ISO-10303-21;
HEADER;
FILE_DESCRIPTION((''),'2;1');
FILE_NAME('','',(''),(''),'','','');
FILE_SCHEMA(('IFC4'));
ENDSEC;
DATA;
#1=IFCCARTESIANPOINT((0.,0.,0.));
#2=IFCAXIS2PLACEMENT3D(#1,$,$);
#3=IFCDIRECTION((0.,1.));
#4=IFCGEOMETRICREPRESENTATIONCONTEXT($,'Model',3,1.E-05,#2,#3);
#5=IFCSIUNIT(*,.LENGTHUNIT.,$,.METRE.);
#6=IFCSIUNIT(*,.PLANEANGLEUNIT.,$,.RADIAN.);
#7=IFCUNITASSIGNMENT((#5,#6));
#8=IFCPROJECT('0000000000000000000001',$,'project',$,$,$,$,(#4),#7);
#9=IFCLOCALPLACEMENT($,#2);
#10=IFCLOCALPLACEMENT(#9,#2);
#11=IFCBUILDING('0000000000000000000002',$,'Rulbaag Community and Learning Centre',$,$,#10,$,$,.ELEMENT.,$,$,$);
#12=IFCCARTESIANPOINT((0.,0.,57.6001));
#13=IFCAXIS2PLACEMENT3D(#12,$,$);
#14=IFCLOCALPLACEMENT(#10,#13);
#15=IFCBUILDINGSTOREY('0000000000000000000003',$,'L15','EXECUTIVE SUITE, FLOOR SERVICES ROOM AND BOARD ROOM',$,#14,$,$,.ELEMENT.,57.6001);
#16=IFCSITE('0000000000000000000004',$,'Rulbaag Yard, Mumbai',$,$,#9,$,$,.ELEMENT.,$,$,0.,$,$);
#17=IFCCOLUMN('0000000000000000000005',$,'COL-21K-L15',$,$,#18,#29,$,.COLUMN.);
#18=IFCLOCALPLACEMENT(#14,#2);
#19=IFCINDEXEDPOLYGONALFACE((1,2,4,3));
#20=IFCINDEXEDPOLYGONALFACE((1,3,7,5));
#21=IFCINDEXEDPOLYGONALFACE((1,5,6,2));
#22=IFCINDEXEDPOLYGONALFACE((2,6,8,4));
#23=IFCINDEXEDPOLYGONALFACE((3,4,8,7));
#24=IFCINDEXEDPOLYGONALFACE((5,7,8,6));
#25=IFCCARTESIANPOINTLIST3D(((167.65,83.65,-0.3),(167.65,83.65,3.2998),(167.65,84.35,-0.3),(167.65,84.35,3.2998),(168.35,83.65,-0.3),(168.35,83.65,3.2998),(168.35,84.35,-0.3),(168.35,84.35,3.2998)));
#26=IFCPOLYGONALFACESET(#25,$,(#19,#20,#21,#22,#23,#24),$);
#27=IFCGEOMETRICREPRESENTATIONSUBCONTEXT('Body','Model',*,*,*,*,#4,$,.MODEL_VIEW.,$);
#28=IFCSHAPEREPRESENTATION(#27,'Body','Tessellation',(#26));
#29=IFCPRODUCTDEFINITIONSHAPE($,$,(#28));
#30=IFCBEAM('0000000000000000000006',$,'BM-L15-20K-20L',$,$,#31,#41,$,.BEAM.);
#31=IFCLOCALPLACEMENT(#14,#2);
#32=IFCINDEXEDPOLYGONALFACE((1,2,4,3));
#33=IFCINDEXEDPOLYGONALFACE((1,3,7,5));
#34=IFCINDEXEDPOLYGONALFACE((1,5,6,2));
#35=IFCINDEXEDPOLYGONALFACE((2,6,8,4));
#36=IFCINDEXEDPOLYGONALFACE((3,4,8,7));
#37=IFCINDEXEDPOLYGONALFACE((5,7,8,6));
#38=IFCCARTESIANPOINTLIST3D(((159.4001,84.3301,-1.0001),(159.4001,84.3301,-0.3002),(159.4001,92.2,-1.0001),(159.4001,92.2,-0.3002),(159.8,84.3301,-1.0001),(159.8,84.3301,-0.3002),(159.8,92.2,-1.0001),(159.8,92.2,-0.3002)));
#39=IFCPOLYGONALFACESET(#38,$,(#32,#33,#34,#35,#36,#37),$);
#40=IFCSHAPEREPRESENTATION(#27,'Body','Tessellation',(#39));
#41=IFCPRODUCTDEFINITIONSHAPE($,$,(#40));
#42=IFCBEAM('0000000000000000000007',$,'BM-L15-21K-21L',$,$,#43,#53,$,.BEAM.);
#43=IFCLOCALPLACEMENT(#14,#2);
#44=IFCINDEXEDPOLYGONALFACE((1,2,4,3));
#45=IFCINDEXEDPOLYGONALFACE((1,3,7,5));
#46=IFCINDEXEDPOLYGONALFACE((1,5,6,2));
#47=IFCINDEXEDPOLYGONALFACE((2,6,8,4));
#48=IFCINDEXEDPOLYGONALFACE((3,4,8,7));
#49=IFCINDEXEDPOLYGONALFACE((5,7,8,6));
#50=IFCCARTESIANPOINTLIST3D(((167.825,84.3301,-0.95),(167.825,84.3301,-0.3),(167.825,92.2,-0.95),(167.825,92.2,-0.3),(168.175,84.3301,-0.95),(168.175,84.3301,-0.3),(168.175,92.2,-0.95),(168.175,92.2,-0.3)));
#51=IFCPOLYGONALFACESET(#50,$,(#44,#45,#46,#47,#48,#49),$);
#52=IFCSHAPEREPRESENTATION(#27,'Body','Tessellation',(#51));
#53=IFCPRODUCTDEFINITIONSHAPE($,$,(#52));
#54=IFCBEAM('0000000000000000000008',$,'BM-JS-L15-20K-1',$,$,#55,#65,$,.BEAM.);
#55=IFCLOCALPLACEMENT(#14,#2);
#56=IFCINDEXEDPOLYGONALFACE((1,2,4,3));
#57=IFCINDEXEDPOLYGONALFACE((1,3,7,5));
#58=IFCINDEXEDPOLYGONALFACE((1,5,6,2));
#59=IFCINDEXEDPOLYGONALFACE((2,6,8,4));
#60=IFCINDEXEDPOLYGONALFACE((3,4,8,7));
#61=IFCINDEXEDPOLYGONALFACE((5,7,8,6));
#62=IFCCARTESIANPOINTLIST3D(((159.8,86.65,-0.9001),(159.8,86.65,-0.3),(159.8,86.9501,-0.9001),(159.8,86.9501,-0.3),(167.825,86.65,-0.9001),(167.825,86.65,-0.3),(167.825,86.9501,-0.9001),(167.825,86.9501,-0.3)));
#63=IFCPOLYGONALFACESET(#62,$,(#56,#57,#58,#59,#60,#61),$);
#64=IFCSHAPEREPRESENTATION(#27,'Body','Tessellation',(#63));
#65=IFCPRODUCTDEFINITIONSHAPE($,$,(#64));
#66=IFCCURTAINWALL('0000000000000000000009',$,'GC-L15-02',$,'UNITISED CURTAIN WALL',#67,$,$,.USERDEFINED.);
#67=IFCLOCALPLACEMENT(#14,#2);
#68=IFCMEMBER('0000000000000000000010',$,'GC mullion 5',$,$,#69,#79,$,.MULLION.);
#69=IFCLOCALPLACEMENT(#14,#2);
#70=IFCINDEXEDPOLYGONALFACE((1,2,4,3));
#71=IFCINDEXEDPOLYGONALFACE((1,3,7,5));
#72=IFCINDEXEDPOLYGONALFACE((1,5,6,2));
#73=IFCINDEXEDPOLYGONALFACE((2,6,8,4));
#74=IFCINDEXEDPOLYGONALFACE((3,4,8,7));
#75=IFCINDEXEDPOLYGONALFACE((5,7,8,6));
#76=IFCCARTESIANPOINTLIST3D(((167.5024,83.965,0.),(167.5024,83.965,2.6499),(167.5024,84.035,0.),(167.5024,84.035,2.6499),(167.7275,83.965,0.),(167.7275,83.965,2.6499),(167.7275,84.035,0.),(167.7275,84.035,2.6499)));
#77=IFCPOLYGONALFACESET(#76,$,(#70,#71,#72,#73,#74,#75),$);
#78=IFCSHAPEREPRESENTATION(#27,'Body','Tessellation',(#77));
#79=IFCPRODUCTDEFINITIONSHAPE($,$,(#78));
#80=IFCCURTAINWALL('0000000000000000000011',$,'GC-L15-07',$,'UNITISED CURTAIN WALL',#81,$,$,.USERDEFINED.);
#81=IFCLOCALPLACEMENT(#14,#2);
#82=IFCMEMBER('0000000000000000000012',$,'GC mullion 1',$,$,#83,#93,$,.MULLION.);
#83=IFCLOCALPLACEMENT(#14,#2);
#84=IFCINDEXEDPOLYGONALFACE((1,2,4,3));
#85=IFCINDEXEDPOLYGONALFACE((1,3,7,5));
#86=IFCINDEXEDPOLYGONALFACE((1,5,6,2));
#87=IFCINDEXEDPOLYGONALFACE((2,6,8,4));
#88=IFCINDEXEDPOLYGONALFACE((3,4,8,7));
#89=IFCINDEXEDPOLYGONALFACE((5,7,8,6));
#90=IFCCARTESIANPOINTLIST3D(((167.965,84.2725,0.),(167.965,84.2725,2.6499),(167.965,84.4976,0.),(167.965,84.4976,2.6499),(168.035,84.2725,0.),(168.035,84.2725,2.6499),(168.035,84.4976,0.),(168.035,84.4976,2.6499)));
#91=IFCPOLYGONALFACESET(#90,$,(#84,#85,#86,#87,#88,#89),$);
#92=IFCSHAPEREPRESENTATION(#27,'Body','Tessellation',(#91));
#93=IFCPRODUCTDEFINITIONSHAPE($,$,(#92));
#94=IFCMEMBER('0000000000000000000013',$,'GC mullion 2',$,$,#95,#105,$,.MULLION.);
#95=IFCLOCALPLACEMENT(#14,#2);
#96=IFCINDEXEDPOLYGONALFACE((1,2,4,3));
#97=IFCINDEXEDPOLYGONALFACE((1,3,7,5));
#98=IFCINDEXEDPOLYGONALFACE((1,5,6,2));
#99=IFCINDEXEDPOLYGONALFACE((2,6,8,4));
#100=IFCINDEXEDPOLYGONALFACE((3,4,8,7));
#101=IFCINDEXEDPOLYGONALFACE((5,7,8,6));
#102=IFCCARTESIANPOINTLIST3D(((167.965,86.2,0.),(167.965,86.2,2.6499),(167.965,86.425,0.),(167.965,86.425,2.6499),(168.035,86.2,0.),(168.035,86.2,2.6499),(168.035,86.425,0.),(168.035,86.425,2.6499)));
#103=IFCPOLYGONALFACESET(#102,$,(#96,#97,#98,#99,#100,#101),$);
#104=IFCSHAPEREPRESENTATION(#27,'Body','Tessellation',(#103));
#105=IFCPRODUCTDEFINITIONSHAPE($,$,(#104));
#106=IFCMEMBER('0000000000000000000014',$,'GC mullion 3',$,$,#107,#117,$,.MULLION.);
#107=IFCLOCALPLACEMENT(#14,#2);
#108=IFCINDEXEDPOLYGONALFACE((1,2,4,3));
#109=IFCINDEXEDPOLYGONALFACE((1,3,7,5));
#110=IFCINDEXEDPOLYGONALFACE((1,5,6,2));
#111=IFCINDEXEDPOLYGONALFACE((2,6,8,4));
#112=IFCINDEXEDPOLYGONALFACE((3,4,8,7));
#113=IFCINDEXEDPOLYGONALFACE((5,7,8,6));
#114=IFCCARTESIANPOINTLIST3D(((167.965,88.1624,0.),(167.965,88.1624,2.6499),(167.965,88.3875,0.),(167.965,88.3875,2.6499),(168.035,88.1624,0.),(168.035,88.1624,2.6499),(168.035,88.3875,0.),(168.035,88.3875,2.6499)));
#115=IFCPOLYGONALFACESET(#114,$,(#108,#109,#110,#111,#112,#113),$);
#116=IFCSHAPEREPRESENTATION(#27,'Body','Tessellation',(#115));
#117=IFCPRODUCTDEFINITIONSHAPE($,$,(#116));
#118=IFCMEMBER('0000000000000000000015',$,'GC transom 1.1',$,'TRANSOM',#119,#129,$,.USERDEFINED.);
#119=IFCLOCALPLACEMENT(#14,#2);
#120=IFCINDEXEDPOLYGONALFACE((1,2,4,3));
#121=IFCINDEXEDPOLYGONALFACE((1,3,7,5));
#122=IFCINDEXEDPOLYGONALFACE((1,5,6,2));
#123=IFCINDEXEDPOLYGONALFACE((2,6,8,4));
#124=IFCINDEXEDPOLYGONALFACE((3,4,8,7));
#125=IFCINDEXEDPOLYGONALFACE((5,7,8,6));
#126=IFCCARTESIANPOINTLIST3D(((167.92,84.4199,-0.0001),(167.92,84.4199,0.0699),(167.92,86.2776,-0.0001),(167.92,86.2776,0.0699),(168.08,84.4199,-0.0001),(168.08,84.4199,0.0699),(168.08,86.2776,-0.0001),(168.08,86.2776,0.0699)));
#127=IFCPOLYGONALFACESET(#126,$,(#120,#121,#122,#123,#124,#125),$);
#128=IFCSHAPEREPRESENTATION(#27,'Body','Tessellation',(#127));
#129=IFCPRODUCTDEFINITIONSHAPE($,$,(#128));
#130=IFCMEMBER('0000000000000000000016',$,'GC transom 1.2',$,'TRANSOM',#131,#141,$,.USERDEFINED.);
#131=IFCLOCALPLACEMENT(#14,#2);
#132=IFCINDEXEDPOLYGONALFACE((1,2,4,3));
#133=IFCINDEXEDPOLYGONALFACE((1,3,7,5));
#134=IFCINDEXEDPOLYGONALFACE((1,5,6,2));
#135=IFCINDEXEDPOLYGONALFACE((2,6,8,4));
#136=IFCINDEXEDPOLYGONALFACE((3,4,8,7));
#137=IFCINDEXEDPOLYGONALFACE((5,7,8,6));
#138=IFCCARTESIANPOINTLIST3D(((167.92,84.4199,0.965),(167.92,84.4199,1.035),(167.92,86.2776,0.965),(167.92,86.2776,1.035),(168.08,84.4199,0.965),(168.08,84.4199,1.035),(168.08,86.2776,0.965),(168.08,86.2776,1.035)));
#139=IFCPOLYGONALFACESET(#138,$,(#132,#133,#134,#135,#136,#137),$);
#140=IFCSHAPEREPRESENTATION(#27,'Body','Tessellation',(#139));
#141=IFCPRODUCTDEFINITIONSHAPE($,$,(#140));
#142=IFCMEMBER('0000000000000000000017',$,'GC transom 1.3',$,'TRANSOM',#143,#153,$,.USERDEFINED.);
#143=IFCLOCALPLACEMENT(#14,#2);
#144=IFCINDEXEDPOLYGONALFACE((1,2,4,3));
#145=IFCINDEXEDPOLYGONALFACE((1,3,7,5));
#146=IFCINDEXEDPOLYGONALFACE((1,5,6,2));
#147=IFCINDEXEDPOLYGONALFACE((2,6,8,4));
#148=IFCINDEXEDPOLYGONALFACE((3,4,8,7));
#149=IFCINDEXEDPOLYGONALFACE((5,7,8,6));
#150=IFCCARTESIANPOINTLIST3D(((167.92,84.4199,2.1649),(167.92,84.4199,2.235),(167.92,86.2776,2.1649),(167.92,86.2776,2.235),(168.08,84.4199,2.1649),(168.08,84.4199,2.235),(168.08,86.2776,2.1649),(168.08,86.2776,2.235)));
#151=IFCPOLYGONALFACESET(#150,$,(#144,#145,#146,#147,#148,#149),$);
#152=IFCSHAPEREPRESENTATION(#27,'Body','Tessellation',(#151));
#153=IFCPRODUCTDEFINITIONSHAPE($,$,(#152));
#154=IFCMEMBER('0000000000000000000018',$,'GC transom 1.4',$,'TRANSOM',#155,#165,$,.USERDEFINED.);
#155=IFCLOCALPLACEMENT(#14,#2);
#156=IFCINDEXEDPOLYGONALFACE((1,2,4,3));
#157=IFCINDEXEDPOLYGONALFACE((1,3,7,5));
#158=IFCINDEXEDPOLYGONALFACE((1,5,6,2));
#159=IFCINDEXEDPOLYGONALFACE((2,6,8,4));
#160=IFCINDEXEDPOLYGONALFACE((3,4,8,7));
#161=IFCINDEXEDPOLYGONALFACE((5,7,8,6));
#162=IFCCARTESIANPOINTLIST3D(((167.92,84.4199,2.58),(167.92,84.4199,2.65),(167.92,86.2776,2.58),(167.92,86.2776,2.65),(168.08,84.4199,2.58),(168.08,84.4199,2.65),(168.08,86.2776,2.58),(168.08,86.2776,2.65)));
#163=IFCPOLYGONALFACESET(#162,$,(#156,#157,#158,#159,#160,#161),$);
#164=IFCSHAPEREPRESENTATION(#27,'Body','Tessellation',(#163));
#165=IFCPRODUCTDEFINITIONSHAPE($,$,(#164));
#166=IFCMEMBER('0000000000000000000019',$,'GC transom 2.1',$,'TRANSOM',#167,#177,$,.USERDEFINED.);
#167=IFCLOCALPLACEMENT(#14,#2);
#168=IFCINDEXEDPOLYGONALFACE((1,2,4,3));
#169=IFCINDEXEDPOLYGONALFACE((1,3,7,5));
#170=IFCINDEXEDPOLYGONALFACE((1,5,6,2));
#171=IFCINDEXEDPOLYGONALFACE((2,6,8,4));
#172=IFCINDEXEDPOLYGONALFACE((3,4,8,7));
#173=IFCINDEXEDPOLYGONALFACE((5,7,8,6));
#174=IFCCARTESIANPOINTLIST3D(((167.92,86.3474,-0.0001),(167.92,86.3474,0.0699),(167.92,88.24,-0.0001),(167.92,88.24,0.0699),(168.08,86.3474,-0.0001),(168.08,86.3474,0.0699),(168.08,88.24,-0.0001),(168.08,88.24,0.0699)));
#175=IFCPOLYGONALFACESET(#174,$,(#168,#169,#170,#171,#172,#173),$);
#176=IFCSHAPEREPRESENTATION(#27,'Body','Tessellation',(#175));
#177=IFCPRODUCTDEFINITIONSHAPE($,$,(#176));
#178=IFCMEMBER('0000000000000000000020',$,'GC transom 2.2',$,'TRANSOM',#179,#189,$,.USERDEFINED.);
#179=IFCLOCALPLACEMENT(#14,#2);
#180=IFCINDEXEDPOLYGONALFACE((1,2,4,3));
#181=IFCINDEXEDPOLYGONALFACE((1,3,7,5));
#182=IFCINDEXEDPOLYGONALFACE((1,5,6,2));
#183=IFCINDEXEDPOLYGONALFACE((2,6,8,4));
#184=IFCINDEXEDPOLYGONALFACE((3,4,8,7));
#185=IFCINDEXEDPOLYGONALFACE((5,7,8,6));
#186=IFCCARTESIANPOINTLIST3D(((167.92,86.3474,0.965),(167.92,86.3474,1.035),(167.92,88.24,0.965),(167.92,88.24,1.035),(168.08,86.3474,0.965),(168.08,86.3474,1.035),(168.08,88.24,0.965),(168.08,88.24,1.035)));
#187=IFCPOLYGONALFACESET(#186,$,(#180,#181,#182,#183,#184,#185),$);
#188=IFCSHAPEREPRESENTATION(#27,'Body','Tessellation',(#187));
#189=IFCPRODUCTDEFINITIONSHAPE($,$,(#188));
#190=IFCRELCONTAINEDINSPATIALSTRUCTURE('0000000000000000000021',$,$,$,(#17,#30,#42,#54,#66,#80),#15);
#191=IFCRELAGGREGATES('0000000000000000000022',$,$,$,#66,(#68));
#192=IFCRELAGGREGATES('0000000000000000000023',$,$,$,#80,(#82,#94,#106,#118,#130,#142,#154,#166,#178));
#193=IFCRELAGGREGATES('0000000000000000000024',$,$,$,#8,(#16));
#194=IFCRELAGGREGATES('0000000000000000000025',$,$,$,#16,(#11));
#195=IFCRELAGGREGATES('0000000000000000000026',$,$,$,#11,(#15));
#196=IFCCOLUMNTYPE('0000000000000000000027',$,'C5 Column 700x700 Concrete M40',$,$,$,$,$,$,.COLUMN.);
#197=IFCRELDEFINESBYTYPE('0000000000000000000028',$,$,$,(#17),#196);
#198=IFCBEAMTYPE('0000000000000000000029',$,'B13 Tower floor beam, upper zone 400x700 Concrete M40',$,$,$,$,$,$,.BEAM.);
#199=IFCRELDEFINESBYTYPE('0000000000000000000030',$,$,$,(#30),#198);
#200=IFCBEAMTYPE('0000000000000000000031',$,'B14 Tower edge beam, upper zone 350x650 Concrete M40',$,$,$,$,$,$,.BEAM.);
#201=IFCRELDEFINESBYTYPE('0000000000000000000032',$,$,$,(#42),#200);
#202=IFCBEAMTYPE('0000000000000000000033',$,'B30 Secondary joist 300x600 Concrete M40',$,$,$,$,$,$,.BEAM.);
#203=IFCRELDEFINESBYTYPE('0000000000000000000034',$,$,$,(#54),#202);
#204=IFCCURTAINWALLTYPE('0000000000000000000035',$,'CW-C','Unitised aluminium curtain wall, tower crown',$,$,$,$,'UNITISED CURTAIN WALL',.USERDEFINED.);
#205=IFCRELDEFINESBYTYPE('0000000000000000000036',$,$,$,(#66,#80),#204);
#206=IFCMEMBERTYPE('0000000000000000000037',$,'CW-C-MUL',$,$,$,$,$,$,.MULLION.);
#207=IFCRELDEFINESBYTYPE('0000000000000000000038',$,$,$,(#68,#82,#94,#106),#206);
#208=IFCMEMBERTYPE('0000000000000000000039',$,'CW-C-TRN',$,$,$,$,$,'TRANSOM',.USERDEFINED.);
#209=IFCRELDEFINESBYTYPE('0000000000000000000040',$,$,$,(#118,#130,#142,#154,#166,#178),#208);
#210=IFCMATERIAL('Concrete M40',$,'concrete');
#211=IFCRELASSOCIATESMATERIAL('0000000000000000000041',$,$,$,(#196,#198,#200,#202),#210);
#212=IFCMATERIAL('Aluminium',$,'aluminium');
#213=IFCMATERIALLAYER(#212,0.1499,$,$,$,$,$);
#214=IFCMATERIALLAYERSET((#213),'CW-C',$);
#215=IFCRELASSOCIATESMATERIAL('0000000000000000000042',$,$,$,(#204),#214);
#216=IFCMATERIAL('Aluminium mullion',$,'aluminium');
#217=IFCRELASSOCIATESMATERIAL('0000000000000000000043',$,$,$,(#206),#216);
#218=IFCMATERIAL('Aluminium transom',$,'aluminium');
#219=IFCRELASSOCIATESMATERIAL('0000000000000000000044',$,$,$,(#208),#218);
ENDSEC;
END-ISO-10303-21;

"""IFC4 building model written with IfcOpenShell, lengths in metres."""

from ifc_helpers import new_model, si_unit, direction, frame, origin, origin_2d, place, context, subcontext, project, spatial, rectangle, extrude, material, layer, layer_set, material_profile, profile_set, type_object, element, aggregate, save


model = new_model("IFC4")

# Units and contexts
model_context = context("Model", 3, precision=1e-05, world=origin(), true_north=direction((0.0, 1.0)))
body_context = subcontext(model_context, "Body", "Model", "MODEL_VIEW")
ifc_project = project(units=[si_unit("LENGTHUNIT", "METRE"), si_unit("PLANEANGLEUNIT", "RADIAN")], contexts=[model_context])

# Site, building, storey
site_placement = place(None, origin())
site = spatial("IfcSite", under=ifc_project, at=site_placement, Name="Rulbaag Yard, Mumbai", CompositionType="ELEMENT", RefElevation=0.0)
building_placement = place(site_placement, origin())
building = spatial("IfcBuilding", under=site, at=building_placement, Name="Rulbaag Community and Learning Centre", CompositionType="ELEMENT")
storey_placement = place(building_placement, frame((0.0, 0.0, 57.6001)))
storey = spatial("IfcBuildingStorey", under=building, at=storey_placement, Name="L15", Description="EXECUTIVE SUITE, FLOOR SERVICES ROOM AND BOARD ROOM", CompositionType="ELEMENT", Elevation=57.6001)

# Column
ifc_material_1 = material(Name="Concrete M40", Category="concrete")
ifc_material_profile_1 = material_profile(ifc_material_1, rectangle(XDim=0.7, YDim=0.7, at=origin_2d()), Name="RC700x700")
ifc_profile_set_1 = profile_set([ifc_material_profile_1], Name="Concrete M40")
column_type = type_object("IfcColumnType", Name="C5 Column 700x700 Concrete M40", PredefinedType="COLUMN", material=ifc_profile_set_1)
column_placement = place(storey_placement, frame((168.0, 84.0, -0.3), z_axis=(0.0, 0.0, 1.0), x_axis=(1.0, 0.0, 0.0)))
element("IfcColumn", 1, at=column_placement, inside=storey, type_object=column_type, Name="COL-21K-L15", PredefinedType="COLUMN", context=body_context, shape_type="SweptSolid", body=[
    extrude(rectangle(XDim=0.7, YDim=0.7, at=origin_2d()), origin(), (0.0, 0.0, 1.0), 3.5999),
])

# Beams
ifc_material_profile_2 = material_profile(ifc_material_1, rectangle(XDim=0.3999, YDim=0.7, at=origin_2d()), Name="RB400x700")
ifc_profile_set_2 = profile_set([ifc_material_profile_2], Name="Concrete M40")
beam_type_1 = type_object("IfcBeamType", Name="B13 Tower floor beam, upper zone 400x700 Concrete M40", PredefinedType="BEAM", material=ifc_profile_set_2)
beam_1_placement = place(storey_placement, frame((159.6001, 84.3301, -0.6501), z_axis=(0.0, 1.0, 0.0), x_axis=(-1.0, 0.0, 0.0)))
element("IfcBeam", 2, at=beam_1_placement, inside=storey, type_object=beam_type_1, Name="BM-L15-20K-20L", PredefinedType="BEAM", context=body_context, shape_type="SweptSolid", body=[
    extrude(rectangle(XDim=0.3999, YDim=0.7, at=origin_2d()), origin(), (0.0, 0.0, 1.0), 7.8699),
])
ifc_material_profile_3 = material_profile(ifc_material_1, rectangle(XDim=0.3501, YDim=0.6499, at=origin_2d()), Name="RB350x650")
ifc_profile_set_3 = profile_set([ifc_material_profile_3], Name="Concrete M40")
beam_type_2 = type_object("IfcBeamType", Name="B14 Tower edge beam, upper zone 350x650 Concrete M40", PredefinedType="BEAM", material=ifc_profile_set_3)
beam_2_placement = place(storey_placement, frame((168.0, 84.3301, -0.625), z_axis=(0.0, 1.0, 0.0), x_axis=(-1.0, 0.0, 0.0)))
element("IfcBeam", 3, at=beam_2_placement, inside=storey, type_object=beam_type_2, Name="BM-L15-21K-21L", PredefinedType="BEAM", context=body_context, shape_type="SweptSolid", body=[
    extrude(rectangle(XDim=0.3501, YDim=0.6499, at=origin_2d()), origin(), (0.0, 0.0, 1.0), 7.8699),
])
ifc_material_profile_4 = material_profile(ifc_material_1, rectangle(XDim=0.3, YDim=0.6001, at=origin_2d()), Name="RB300x600")
ifc_profile_set_4 = profile_set([ifc_material_profile_4], Name="Concrete M40")
beam_type_3 = type_object("IfcBeamType", Name="B30 Secondary joist 300x600 Concrete M40", PredefinedType="BEAM", material=ifc_profile_set_4)
beam_3_placement = place(storey_placement, frame((159.8, 86.8, -0.6001), z_axis=(1.0, 0.0, 0.0), x_axis=(0.0, 1.0, 0.0)))
element("IfcBeam", 4, at=beam_3_placement, inside=storey, type_object=beam_type_3, Name="BM-JS-L15-20K-1", PredefinedType="BEAM", context=body_context, shape_type="SweptSolid", body=[
    extrude(rectangle(XDim=0.3, YDim=0.6001, at=origin_2d()), origin(), (0.0, 0.0, 1.0), 8.0249),
])

# Curtain wall, member
ifc_material_2 = material(Name="Aluminium", Category="aluminium")
ifc_layer_1 = layer(ifc_material_2, 0.1499)
ifc_layer_set_1 = layer_set([ifc_layer_1], Name="CW-C")
curtain_wall_type = type_object("IfcCurtainWallType", Name="CW-C", Description="Unitised aluminium curtain wall, tower crown", ElementType="UNITISED CURTAIN WALL", PredefinedType="USERDEFINED", material=ifc_layer_set_1)
curtain_wall_1_placement = place(storey_placement, origin())
curtain_wall_1 = element("IfcCurtainWall", 5, at=curtain_wall_1_placement, inside=storey, type_object=curtain_wall_type, Name="GC-L15-02", ObjectType="UNITISED CURTAIN WALL", PredefinedType="USERDEFINED")
ifc_material_3 = material(Name="Aluminium mullion", Category="aluminium")
ifc_material_profile_5 = material_profile(ifc_material_3, rectangle(XDim=0.0701, YDim=0.2251, at=origin_2d()), Name="AL 70x225")
ifc_profile_set_5 = profile_set([ifc_material_profile_5], Name="Aluminium mullion")
member_type_1 = type_object("IfcMemberType", Name="CW-C-MUL", PredefinedType="MULLION", material=ifc_profile_set_5)
member_1_placement = place(storey_placement, frame((167.615, 84.0, 0.0), z_axis=(0.0, 0.0, 1.0), x_axis=(0.0, 1.0, 0.0)))
member_1 = element("IfcMember", 6, at=member_1_placement, type_object=member_type_1, Name="GC mullion 5", PredefinedType="MULLION", context=body_context, shape_type="SweptSolid", body=[
    extrude(rectangle(XDim=0.0701, YDim=0.2251, at=origin_2d()), origin(), (0.0, 0.0, 1.0), 2.6499),
])
aggregate(curtain_wall_1, [member_1])

# Curtain wall, members
curtain_wall_2_placement = place(storey_placement, origin())
curtain_wall_2 = element("IfcCurtainWall", 7, at=curtain_wall_2_placement, inside=storey, type_object=curtain_wall_type, Name="GC-L15-07", ObjectType="UNITISED CURTAIN WALL", PredefinedType="USERDEFINED")
member_2_placement = place(storey_placement, frame((168.0, 84.385, 0.0), z_axis=(0.0, 0.0, 1.0), x_axis=(-1.0, 0.0, 0.0)))
member_2 = element("IfcMember", 8, at=member_2_placement, type_object=member_type_1, Name="GC mullion 1", PredefinedType="MULLION", context=body_context, shape_type="SweptSolid", body=[
    extrude(rectangle(XDim=0.0701, YDim=0.2251, at=origin_2d()), origin(), (0.0, 0.0, 1.0), 2.6499),
])
member_3_placement = place(storey_placement, frame((168.0, 86.3125, 0.0), z_axis=(0.0, 0.0, 1.0), x_axis=(-1.0, 0.0, 0.0)))
member_3 = element("IfcMember", 9, at=member_3_placement, type_object=member_type_1, Name="GC mullion 2", PredefinedType="MULLION", context=body_context, shape_type="SweptSolid", body=[
    extrude(rectangle(XDim=0.0701, YDim=0.2251, at=origin_2d()), origin(), (0.0, 0.0, 1.0), 2.6499),
])
member_4_placement = place(storey_placement, frame((168.0, 88.2749, 0.0), z_axis=(0.0, 0.0, 1.0), x_axis=(-1.0, 0.0, 0.0)))
member_4 = element("IfcMember", 10, at=member_4_placement, type_object=member_type_1, Name="GC mullion 3", PredefinedType="MULLION", context=body_context, shape_type="SweptSolid", body=[
    extrude(rectangle(XDim=0.0701, YDim=0.2251, at=origin_2d()), origin(), (0.0, 0.0, 1.0), 2.6499),
])
ifc_material_4 = material(Name="Aluminium transom", Category="aluminium")
ifc_material_profile_6 = material_profile(ifc_material_4, rectangle(XDim=0.1599, YDim=0.0701, at=origin_2d()), Name="AL 70x160 T")
ifc_profile_set_6 = profile_set([ifc_material_profile_6], Name="Aluminium transom")
member_type_2 = type_object("IfcMemberType", Name="CW-C-TRN", ElementType="TRANSOM", PredefinedType="USERDEFINED", material=ifc_profile_set_6)
member_5_placement = place(storey_placement, frame((168.0, 84.4199, 0.0349), z_axis=(0.0, 1.0, 0.0), x_axis=(-1.0, 0.0, 0.0)))
member_5 = element("IfcMember", 11, at=member_5_placement, type_object=member_type_2, Name="GC transom 1.1", ObjectType="TRANSOM", PredefinedType="USERDEFINED", context=body_context, shape_type="SweptSolid", body=[
    extrude(rectangle(XDim=0.1599, YDim=0.0701, at=origin_2d()), origin(), (0.0, 0.0, 1.0), 1.8577),
])
member_6_placement = place(storey_placement, frame((168.0, 84.4199, 1.0), z_axis=(0.0, 1.0, 0.0), x_axis=(-1.0, 0.0, 0.0)))
member_6 = element("IfcMember", 12, at=member_6_placement, type_object=member_type_2, Name="GC transom 1.2", ObjectType="TRANSOM", PredefinedType="USERDEFINED", context=body_context, shape_type="SweptSolid", body=[
    extrude(rectangle(XDim=0.1599, YDim=0.0701, at=origin_2d()), origin(), (0.0, 0.0, 1.0), 1.8577),
])
member_7_placement = place(storey_placement, frame((168.0, 84.4199, 2.2), z_axis=(0.0, 1.0, 0.0), x_axis=(-1.0, 0.0, 0.0)))
member_7 = element("IfcMember", 13, at=member_7_placement, type_object=member_type_2, Name="GC transom 1.3", ObjectType="TRANSOM", PredefinedType="USERDEFINED", context=body_context, shape_type="SweptSolid", body=[
    extrude(rectangle(XDim=0.1599, YDim=0.0701, at=origin_2d()), origin(), (0.0, 0.0, 1.0), 1.8577),
])
member_8_placement = place(storey_placement, frame((168.0, 84.4199, 2.615), z_axis=(0.0, 1.0, 0.0), x_axis=(-1.0, 0.0, 0.0)))
member_8 = element("IfcMember", 14, at=member_8_placement, type_object=member_type_2, Name="GC transom 1.4", ObjectType="TRANSOM", PredefinedType="USERDEFINED", context=body_context, shape_type="SweptSolid", body=[
    extrude(rectangle(XDim=0.1599, YDim=0.0701, at=origin_2d()), origin(), (0.0, 0.0, 1.0), 1.8577),
])
member_9_placement = place(storey_placement, frame((168.0, 86.3474, 0.0349), z_axis=(0.0, 1.0, 0.0), x_axis=(-1.0, 0.0, 0.0)))
member_9 = element("IfcMember", 15, at=member_9_placement, type_object=member_type_2, Name="GC transom 2.1", ObjectType="TRANSOM", PredefinedType="USERDEFINED", context=body_context, shape_type="SweptSolid", body=[
    extrude(rectangle(XDim=0.1599, YDim=0.0701, at=origin_2d()), origin(), (0.0, 0.0, 1.0), 1.8926),
])
member_10_placement = place(storey_placement, frame((168.0, 86.3474, 1.0), z_axis=(0.0, 1.0, 0.0), x_axis=(-1.0, 0.0, 0.0)))
member_10 = element("IfcMember", 16, at=member_10_placement, type_object=member_type_2, Name="GC transom 2.2", ObjectType="TRANSOM", PredefinedType="USERDEFINED", context=body_context, shape_type="SweptSolid", body=[
    extrude(rectangle(XDim=0.1599, YDim=0.0701, at=origin_2d()), origin(), (0.0, 0.0, 1.0), 1.8926),
])
aggregate(curtain_wall_2, [member_2, member_3, member_4, member_5, member_6, member_7, member_8, member_9, member_10])

save(model, "model.ifc")
